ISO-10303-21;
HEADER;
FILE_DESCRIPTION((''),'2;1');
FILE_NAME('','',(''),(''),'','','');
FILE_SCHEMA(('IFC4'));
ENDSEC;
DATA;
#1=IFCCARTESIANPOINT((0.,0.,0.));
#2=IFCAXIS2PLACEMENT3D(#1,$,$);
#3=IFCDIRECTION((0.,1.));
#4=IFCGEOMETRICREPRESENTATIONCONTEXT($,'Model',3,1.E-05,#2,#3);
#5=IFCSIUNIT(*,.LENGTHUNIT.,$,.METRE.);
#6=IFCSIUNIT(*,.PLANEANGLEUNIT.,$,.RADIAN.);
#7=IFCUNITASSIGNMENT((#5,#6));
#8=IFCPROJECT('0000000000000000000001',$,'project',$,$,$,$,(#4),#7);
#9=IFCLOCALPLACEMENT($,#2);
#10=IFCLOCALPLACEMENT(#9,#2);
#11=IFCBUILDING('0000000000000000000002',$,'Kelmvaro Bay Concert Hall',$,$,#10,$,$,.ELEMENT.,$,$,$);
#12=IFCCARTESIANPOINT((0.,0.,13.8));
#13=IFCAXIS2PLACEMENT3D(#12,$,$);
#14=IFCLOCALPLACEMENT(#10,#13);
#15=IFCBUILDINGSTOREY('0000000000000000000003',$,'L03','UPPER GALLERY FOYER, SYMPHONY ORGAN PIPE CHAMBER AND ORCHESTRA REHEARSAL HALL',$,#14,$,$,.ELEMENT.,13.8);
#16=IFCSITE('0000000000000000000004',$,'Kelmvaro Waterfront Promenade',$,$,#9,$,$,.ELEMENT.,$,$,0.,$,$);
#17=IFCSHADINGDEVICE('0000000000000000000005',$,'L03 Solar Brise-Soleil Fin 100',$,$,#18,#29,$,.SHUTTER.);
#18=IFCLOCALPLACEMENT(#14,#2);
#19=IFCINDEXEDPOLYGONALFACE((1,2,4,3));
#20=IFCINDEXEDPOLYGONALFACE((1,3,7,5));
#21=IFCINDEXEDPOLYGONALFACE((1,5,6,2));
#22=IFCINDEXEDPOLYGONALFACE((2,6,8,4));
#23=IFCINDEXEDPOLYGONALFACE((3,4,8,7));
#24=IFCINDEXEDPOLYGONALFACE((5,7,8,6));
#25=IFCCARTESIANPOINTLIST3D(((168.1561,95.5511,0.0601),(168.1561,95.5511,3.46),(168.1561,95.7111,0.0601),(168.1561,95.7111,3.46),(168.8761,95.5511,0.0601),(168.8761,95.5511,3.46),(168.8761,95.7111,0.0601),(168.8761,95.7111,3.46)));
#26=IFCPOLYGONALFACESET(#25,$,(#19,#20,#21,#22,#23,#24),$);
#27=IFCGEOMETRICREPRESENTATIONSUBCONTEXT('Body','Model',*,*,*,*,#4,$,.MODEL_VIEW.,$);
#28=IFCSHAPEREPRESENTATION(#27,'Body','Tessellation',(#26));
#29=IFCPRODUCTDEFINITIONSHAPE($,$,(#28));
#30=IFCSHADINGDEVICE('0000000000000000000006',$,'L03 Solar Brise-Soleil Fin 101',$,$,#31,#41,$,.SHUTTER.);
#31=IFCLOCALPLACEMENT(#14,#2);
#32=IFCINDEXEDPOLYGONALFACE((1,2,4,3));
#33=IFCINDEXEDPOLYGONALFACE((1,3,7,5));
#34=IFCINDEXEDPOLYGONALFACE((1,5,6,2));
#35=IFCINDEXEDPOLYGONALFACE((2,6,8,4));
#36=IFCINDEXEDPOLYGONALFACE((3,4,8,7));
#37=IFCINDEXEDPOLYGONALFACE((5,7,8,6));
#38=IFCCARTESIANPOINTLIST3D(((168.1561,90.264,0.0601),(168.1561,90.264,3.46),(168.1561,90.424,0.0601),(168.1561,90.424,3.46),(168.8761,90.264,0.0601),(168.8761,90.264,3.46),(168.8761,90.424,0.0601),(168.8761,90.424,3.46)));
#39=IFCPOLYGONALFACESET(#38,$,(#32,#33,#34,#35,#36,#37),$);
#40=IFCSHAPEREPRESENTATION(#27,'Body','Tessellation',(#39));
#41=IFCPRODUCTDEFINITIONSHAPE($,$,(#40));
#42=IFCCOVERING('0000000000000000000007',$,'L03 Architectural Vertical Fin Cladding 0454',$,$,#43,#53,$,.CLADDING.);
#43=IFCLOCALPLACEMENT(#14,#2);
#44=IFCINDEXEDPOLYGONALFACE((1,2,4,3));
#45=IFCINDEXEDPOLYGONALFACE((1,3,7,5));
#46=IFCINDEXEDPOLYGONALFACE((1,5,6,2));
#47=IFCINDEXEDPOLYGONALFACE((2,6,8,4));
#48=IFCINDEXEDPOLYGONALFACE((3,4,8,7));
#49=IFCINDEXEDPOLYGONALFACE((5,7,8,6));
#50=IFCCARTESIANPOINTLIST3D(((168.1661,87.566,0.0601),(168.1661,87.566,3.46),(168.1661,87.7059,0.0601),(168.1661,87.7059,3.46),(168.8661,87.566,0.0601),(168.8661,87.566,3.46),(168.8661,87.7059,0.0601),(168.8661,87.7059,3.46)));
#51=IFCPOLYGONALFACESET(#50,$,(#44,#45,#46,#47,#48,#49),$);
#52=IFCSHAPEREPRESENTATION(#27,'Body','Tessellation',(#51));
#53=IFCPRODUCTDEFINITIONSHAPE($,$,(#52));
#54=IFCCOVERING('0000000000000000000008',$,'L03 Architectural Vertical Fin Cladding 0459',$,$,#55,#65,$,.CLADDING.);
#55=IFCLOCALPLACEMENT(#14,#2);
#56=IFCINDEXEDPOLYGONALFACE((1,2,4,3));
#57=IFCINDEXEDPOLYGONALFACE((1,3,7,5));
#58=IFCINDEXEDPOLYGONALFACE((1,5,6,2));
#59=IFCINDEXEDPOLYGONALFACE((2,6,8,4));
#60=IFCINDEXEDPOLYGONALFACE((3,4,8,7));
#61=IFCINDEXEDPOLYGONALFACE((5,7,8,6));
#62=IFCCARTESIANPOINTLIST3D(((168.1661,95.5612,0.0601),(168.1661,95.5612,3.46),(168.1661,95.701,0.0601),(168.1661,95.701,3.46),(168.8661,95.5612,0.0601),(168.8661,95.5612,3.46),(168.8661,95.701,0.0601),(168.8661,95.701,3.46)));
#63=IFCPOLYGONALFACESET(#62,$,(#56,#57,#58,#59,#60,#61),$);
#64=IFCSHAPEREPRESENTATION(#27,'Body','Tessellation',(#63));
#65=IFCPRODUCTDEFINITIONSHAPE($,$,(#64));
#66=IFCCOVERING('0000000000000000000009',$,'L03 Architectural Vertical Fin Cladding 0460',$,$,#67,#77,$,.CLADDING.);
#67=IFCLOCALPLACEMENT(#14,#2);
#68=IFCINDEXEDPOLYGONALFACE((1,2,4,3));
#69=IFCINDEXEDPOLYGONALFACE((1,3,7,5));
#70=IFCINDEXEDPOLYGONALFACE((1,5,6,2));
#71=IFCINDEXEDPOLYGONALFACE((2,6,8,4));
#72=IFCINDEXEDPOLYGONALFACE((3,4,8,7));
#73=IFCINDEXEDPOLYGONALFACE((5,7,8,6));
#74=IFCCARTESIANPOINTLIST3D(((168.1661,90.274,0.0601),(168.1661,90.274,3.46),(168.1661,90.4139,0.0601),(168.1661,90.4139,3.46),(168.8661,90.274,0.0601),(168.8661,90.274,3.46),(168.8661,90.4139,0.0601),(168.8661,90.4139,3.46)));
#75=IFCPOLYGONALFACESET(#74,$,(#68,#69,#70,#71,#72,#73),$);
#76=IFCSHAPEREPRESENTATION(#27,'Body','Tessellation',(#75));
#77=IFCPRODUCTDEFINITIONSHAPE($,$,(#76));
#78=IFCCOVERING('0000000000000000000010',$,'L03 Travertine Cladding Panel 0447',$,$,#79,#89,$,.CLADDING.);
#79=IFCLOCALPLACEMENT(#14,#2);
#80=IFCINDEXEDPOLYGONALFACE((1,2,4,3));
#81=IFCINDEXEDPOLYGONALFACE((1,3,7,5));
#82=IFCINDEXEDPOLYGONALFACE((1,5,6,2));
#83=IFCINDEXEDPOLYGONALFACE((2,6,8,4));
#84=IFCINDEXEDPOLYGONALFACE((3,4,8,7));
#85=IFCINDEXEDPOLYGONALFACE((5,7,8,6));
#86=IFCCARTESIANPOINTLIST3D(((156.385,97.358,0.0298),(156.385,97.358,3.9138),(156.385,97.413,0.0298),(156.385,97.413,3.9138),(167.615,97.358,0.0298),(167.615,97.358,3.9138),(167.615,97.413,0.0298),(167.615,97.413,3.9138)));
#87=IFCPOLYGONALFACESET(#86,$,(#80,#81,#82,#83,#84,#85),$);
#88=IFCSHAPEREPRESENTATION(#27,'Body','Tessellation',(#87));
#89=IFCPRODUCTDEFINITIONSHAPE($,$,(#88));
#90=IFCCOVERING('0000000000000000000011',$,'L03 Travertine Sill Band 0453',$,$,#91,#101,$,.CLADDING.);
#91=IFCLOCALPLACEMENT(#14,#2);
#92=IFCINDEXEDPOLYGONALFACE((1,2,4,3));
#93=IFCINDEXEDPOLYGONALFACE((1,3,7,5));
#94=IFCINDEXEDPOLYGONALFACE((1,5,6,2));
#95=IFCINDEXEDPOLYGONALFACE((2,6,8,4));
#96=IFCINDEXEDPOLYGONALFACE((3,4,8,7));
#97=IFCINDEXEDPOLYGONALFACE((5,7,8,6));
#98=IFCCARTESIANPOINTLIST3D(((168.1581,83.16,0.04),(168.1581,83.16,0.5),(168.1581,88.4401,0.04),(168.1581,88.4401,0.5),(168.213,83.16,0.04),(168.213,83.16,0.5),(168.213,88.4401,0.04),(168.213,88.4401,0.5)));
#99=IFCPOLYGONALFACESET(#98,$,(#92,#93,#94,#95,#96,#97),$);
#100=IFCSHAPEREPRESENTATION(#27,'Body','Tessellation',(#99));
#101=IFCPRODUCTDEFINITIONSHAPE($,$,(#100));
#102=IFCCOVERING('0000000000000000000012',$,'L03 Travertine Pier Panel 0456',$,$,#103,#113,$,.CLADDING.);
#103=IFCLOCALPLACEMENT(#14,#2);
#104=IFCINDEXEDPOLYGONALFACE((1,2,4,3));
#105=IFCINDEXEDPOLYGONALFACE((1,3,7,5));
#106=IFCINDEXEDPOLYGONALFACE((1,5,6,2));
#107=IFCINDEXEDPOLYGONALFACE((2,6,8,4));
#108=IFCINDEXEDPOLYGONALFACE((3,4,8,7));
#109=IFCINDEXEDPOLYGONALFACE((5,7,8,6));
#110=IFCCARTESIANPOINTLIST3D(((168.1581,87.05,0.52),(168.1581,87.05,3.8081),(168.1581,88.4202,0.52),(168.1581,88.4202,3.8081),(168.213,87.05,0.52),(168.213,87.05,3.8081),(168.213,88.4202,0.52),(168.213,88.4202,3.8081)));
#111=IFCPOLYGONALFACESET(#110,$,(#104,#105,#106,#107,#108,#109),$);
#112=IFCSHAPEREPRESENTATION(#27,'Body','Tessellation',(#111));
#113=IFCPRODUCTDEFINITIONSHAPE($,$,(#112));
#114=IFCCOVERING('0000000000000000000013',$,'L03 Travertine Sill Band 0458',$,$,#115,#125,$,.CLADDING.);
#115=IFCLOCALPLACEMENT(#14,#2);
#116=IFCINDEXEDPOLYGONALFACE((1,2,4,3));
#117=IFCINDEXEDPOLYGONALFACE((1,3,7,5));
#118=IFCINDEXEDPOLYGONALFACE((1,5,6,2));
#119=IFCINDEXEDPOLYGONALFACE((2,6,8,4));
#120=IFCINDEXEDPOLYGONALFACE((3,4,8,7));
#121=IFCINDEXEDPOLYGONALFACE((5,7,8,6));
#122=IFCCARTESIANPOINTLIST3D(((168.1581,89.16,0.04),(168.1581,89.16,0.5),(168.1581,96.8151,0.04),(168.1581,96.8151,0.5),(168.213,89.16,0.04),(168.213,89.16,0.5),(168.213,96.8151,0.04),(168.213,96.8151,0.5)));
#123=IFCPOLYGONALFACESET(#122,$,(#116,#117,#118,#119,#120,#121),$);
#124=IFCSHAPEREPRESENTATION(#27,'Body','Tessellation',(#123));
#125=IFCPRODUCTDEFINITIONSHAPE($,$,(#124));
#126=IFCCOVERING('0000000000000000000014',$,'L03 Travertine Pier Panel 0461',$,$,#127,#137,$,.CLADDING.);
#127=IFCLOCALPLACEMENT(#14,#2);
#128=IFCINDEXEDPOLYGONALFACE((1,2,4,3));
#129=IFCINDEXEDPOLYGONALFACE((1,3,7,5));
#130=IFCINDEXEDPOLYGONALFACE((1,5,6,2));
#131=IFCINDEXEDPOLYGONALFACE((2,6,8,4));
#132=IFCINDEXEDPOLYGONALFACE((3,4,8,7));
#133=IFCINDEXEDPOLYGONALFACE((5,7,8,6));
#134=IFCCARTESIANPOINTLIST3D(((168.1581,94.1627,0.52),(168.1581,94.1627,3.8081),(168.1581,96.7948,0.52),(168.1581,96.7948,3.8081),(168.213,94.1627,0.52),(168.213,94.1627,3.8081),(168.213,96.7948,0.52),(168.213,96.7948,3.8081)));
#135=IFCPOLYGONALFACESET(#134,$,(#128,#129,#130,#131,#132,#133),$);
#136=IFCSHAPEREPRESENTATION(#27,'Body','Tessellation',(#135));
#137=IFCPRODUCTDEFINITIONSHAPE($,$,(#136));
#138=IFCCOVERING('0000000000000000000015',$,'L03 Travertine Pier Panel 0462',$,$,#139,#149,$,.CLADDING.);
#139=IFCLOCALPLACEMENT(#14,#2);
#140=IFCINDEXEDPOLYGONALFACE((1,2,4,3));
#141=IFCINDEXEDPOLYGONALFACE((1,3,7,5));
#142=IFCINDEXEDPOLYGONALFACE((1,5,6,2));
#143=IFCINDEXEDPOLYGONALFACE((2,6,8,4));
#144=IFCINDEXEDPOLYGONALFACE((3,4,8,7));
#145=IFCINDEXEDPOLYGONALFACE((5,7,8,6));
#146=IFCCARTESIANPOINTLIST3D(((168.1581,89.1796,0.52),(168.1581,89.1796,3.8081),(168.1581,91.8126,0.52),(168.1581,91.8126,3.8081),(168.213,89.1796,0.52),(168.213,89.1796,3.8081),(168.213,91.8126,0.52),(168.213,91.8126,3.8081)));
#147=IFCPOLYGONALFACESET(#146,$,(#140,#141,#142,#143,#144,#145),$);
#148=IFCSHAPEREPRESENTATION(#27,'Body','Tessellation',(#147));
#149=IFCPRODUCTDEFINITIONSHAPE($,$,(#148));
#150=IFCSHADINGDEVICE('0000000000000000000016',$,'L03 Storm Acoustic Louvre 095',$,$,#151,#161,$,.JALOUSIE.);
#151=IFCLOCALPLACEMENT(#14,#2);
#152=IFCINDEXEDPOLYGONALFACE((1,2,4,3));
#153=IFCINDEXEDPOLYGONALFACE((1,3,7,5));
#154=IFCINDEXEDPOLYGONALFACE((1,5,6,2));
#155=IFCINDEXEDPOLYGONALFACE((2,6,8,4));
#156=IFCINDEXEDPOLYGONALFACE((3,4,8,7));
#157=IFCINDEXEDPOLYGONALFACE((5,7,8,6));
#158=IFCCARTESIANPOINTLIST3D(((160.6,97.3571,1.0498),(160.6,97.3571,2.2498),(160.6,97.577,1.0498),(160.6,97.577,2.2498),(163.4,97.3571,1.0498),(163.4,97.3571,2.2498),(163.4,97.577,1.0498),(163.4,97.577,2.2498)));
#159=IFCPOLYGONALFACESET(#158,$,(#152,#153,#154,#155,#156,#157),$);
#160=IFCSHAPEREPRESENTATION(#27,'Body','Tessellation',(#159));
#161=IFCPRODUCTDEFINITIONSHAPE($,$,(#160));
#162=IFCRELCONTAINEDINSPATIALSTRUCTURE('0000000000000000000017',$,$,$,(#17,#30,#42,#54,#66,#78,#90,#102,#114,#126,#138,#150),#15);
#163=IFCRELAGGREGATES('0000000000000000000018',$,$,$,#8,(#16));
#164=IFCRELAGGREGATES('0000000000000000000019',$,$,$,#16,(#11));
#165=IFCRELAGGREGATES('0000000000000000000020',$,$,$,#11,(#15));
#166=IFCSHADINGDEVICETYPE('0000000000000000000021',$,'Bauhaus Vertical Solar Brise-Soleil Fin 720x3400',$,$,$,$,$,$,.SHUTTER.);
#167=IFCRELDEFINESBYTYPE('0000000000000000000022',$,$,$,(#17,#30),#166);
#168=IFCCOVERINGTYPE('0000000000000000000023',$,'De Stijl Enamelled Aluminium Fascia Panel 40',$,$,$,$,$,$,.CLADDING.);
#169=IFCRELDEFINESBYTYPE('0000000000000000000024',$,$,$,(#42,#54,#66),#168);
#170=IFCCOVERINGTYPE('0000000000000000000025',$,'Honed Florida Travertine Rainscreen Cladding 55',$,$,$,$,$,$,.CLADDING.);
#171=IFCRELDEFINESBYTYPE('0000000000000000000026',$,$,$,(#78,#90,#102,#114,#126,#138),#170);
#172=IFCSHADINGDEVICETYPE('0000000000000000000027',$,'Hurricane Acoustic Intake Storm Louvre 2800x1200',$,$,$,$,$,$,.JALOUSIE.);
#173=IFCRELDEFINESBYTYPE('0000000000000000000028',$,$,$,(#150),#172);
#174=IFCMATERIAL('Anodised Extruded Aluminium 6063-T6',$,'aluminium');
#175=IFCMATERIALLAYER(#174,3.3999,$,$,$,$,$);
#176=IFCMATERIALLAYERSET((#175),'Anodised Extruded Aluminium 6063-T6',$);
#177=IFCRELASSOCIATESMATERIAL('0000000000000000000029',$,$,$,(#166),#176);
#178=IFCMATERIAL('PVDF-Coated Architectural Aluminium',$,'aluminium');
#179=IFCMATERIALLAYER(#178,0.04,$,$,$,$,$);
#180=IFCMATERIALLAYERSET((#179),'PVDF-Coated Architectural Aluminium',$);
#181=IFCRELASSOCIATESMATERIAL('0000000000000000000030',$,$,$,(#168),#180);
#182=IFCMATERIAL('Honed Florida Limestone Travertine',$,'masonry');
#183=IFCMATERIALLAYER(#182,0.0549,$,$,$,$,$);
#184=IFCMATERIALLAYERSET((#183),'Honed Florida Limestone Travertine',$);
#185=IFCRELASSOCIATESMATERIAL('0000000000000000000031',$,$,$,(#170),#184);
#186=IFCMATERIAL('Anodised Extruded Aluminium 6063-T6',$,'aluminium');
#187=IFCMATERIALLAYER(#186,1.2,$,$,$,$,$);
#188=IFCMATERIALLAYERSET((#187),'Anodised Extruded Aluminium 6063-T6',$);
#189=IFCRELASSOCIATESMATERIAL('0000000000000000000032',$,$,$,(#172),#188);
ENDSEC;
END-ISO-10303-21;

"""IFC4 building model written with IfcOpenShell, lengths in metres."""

from ifc_helpers import new_model, si_unit, direction, frame, origin, origin_2d, place, context, subcontext, project, spatial, rectangle, extrude, material, layer, layer_set, type_object, element, save


model = new_model("IFC4")

# Units and contexts
model_context = context("Model", 3, precision=1e-05, world=origin(), true_north=direction((0.0, 1.0)))
body_context = subcontext(model_context, "Body", "Model", "MODEL_VIEW")
ifc_project = project(units=[si_unit("LENGTHUNIT", "METRE"), si_unit("PLANEANGLEUNIT", "RADIAN")], contexts=[model_context])

# Site, building, storey
site_placement = place(None, origin())
site = spatial("IfcSite", under=ifc_project, at=site_placement, Name="Kelmvaro Waterfront Promenade", CompositionType="ELEMENT", RefElevation=0.0)
building_placement = place(site_placement, origin())
building = spatial("IfcBuilding", under=site, at=building_placement, Name="Kelmvaro Bay Concert Hall", CompositionType="ELEMENT")
storey_placement = place(building_placement, frame((0.0, 0.0, 13.8)))
storey = spatial("IfcBuildingStorey", under=building, at=storey_placement, Name="L03", Description="UPPER GALLERY FOYER, SYMPHONY ORGAN PIPE CHAMBER AND ORCHESTRA REHEARSAL HALL", CompositionType="ELEMENT", Elevation=13.8)

# Shading devices
ifc_material_1 = material(Name="Anodised Extruded Aluminium 6063-T6", Category="aluminium")
ifc_layer_1 = layer(ifc_material_1, 3.3999)
ifc_layer_set_1 = layer_set([ifc_layer_1], Name="Anodised Extruded Aluminium 6063-T6")
shading_device_type_1 = type_object("IfcShadingDeviceType", Name="Bauhaus Vertical Solar Brise-Soleil Fin 720x3400", PredefinedType="SHUTTER", material=ifc_layer_set_1)
for number, where, z_axis, x_axis, name in (
    (1, (168.5161, 95.6311, 0.0601), (0.0, 0.0, 1.0), (0.0, -1.0, 0.0), "L03 Solar Brise-Soleil Fin 100"),
    (2, (168.5161, 90.344, 0.0601), (0.0, 0.0, 1.0), (0.0, -1.0, 0.0), "L03 Solar Brise-Soleil Fin 101"),
):
    element("IfcShadingDevice", number, at=place(storey_placement, frame(where, z_axis=z_axis, x_axis=x_axis)), inside=storey, type_object=shading_device_type_1, Name=name, PredefinedType="SHUTTER", context=body_context, shape_type="SweptSolid", body=[
        extrude(rectangle(XDim=0.1599, YDim=0.72, at=origin_2d()), origin(), (0.0, 0.0, 1.0), 3.3999),
    ])

# Coverings
ifc_material_2 = material(Name="PVDF-Coated Architectural Aluminium", Category="aluminium")
ifc_layer_2 = layer(ifc_material_2, 0.04)
ifc_layer_set_2 = layer_set([ifc_layer_2], Name="PVDF-Coated Architectural Aluminium")
covering_type_1 = type_object("IfcCoveringType", Name="De Stijl Enamelled Aluminium Fascia Panel 40", PredefinedType="CLADDING", material=ifc_layer_set_2)
for number, where, z_axis, x_axis, name in (
    (3, (168.5161, 87.636, 0.0601), (0.0, 0.0, 1.0), (0.0, -1.0, 0.0), "L03 Architectural Vertical Fin Cladding 0454"),
    (4, (168.5161, 95.6311, 0.0601), (0.0, 0.0, 1.0), (0.0, -1.0, 0.0), "L03 Architectural Vertical Fin Cladding 0459"),
    (5, (168.5161, 90.344, 0.0601), (0.0, 0.0, 1.0), (0.0, -1.0, 0.0), "L03 Architectural Vertical Fin Cladding 0460"),
):
    element("IfcCovering", number, at=place(storey_placement, frame(where, z_axis=z_axis, x_axis=x_axis)), inside=storey, type_object=covering_type_1, Name=name, PredefinedType="CLADDING", context=body_context, shape_type="SweptSolid", body=[
        extrude(rectangle(XDim=0.1399, YDim=0.7, at=origin_2d()), origin(), (0.0, 0.0, 1.0), 3.3999),
    ])
ifc_material_3 = material(Name="Honed Florida Limestone Travertine", Category="masonry")
ifc_layer_3 = layer(ifc_material_3, 0.0549)
ifc_layer_set_3 = layer_set([ifc_layer_3], Name="Honed Florida Limestone Travertine")
covering_type_2 = type_object("IfcCoveringType", Name="Honed Florida Travertine Rainscreen Cladding 55", PredefinedType="CLADDING", material=ifc_layer_set_3)
covering_1_placement = place(storey_placement, frame((162.0, 97.3855, 0.0298), z_axis=(0.0, 0.0, 1.0), x_axis=(1.0, 0.0, 0.0)))
element("IfcCovering", 6, at=covering_1_placement, inside=storey, type_object=covering_type_2, Name="L03 Travertine Cladding Panel 0447", PredefinedType="CLADDING", context=body_context, shape_type="SweptSolid", body=[
    extrude(rectangle(XDim=11.23, YDim=0.0549, at=origin_2d()), origin(), (0.0, 0.0, 1.0), 3.884),
])
covering_2_placement = place(storey_placement, frame((168.1855, 85.8, 0.04), z_axis=(0.0, 0.0, 1.0), x_axis=(0.0, -1.0, 0.0)))
element("IfcCovering", 7, at=covering_2_placement, inside=storey, type_object=covering_type_2, Name="L03 Travertine Sill Band 0453", PredefinedType="CLADDING", context=body_context, shape_type="SweptSolid", body=[
    extrude(rectangle(XDim=5.28, YDim=0.0549, at=origin_2d()), origin(), (0.0, 0.0, 1.0), 0.46),
])
covering_3_placement = place(storey_placement, frame((168.1855, 87.7351, 0.52), z_axis=(0.0, 0.0, 1.0), x_axis=(0.0, -1.0, 0.0)))
element("IfcCovering", 8, at=covering_3_placement, inside=storey, type_object=covering_type_2, Name="L03 Travertine Pier Panel 0456", PredefinedType="CLADDING", context=body_context, shape_type="SweptSolid", body=[
    extrude(rectangle(XDim=1.3701, YDim=0.0549, at=origin_2d()), origin(), (0.0, 0.0, 1.0), 3.2881),
])
covering_4_placement = place(storey_placement, frame((168.1855, 92.9875, 0.04), z_axis=(0.0, 0.0, 1.0), x_axis=(0.0, -1.0, 0.0)))
element("IfcCovering", 9, at=covering_4_placement, inside=storey, type_object=covering_type_2, Name="L03 Travertine Sill Band 0458", PredefinedType="CLADDING", context=body_context, shape_type="SweptSolid", body=[
    extrude(rectangle(XDim=7.655, YDim=0.0549, at=origin_2d()), origin(), (0.0, 0.0, 1.0), 0.46),
])
covering_5_placement = place(storey_placement, frame((168.1855, 95.4788, 0.52), z_axis=(0.0, 0.0, 1.0), x_axis=(0.0, -1.0, 0.0)))
element("IfcCovering", 10, at=covering_5_placement, inside=storey, type_object=covering_type_2, Name="L03 Travertine Pier Panel 0461", PredefinedType="CLADDING", context=body_context, shape_type="SweptSolid", body=[
    extrude(rectangle(XDim=2.6321, YDim=0.0549, at=origin_2d()), origin(), (0.0, 0.0, 1.0), 3.2881),
])
covering_6_placement = place(storey_placement, frame((168.1855, 90.4961, 0.52), z_axis=(0.0, 0.0, 1.0), x_axis=(0.0, -1.0, 0.0)))
element("IfcCovering", 11, at=covering_6_placement, inside=storey, type_object=covering_type_2, Name="L03 Travertine Pier Panel 0462", PredefinedType="CLADDING", context=body_context, shape_type="SweptSolid", body=[
    extrude(rectangle(XDim=2.6331, YDim=0.0549, at=origin_2d()), origin(), (0.0, 0.0, 1.0), 3.2881),
])

# Shading device
ifc_material_4 = material(Name="Anodised Extruded Aluminium 6063-T6", Category="aluminium")
ifc_layer_4 = layer(ifc_material_4, 1.2)
ifc_layer_set_4 = layer_set([ifc_layer_4], Name="Anodised Extruded Aluminium 6063-T6")
shading_device_type_2 = type_object("IfcShadingDeviceType", Name="Hurricane Acoustic Intake Storm Louvre 2800x1200", PredefinedType="JALOUSIE", material=ifc_layer_set_4)
shading_device_placement = place(storey_placement, frame((162.0, 97.467, 1.0498), z_axis=(0.0, 0.0, 1.0), x_axis=(1.0, 0.0, 0.0)))
element("IfcShadingDevice", 12, at=shading_device_placement, inside=storey, type_object=shading_device_type_2, Name="L03 Storm Acoustic Louvre 095", PredefinedType="JALOUSIE", context=body_context, shape_type="SweptSolid", body=[
    extrude(rectangle(XDim=2.8, YDim=0.22, at=origin_2d()), origin(), (0.0, 0.0, 1.0), 1.2),
])

save(model, "model.ifc")
